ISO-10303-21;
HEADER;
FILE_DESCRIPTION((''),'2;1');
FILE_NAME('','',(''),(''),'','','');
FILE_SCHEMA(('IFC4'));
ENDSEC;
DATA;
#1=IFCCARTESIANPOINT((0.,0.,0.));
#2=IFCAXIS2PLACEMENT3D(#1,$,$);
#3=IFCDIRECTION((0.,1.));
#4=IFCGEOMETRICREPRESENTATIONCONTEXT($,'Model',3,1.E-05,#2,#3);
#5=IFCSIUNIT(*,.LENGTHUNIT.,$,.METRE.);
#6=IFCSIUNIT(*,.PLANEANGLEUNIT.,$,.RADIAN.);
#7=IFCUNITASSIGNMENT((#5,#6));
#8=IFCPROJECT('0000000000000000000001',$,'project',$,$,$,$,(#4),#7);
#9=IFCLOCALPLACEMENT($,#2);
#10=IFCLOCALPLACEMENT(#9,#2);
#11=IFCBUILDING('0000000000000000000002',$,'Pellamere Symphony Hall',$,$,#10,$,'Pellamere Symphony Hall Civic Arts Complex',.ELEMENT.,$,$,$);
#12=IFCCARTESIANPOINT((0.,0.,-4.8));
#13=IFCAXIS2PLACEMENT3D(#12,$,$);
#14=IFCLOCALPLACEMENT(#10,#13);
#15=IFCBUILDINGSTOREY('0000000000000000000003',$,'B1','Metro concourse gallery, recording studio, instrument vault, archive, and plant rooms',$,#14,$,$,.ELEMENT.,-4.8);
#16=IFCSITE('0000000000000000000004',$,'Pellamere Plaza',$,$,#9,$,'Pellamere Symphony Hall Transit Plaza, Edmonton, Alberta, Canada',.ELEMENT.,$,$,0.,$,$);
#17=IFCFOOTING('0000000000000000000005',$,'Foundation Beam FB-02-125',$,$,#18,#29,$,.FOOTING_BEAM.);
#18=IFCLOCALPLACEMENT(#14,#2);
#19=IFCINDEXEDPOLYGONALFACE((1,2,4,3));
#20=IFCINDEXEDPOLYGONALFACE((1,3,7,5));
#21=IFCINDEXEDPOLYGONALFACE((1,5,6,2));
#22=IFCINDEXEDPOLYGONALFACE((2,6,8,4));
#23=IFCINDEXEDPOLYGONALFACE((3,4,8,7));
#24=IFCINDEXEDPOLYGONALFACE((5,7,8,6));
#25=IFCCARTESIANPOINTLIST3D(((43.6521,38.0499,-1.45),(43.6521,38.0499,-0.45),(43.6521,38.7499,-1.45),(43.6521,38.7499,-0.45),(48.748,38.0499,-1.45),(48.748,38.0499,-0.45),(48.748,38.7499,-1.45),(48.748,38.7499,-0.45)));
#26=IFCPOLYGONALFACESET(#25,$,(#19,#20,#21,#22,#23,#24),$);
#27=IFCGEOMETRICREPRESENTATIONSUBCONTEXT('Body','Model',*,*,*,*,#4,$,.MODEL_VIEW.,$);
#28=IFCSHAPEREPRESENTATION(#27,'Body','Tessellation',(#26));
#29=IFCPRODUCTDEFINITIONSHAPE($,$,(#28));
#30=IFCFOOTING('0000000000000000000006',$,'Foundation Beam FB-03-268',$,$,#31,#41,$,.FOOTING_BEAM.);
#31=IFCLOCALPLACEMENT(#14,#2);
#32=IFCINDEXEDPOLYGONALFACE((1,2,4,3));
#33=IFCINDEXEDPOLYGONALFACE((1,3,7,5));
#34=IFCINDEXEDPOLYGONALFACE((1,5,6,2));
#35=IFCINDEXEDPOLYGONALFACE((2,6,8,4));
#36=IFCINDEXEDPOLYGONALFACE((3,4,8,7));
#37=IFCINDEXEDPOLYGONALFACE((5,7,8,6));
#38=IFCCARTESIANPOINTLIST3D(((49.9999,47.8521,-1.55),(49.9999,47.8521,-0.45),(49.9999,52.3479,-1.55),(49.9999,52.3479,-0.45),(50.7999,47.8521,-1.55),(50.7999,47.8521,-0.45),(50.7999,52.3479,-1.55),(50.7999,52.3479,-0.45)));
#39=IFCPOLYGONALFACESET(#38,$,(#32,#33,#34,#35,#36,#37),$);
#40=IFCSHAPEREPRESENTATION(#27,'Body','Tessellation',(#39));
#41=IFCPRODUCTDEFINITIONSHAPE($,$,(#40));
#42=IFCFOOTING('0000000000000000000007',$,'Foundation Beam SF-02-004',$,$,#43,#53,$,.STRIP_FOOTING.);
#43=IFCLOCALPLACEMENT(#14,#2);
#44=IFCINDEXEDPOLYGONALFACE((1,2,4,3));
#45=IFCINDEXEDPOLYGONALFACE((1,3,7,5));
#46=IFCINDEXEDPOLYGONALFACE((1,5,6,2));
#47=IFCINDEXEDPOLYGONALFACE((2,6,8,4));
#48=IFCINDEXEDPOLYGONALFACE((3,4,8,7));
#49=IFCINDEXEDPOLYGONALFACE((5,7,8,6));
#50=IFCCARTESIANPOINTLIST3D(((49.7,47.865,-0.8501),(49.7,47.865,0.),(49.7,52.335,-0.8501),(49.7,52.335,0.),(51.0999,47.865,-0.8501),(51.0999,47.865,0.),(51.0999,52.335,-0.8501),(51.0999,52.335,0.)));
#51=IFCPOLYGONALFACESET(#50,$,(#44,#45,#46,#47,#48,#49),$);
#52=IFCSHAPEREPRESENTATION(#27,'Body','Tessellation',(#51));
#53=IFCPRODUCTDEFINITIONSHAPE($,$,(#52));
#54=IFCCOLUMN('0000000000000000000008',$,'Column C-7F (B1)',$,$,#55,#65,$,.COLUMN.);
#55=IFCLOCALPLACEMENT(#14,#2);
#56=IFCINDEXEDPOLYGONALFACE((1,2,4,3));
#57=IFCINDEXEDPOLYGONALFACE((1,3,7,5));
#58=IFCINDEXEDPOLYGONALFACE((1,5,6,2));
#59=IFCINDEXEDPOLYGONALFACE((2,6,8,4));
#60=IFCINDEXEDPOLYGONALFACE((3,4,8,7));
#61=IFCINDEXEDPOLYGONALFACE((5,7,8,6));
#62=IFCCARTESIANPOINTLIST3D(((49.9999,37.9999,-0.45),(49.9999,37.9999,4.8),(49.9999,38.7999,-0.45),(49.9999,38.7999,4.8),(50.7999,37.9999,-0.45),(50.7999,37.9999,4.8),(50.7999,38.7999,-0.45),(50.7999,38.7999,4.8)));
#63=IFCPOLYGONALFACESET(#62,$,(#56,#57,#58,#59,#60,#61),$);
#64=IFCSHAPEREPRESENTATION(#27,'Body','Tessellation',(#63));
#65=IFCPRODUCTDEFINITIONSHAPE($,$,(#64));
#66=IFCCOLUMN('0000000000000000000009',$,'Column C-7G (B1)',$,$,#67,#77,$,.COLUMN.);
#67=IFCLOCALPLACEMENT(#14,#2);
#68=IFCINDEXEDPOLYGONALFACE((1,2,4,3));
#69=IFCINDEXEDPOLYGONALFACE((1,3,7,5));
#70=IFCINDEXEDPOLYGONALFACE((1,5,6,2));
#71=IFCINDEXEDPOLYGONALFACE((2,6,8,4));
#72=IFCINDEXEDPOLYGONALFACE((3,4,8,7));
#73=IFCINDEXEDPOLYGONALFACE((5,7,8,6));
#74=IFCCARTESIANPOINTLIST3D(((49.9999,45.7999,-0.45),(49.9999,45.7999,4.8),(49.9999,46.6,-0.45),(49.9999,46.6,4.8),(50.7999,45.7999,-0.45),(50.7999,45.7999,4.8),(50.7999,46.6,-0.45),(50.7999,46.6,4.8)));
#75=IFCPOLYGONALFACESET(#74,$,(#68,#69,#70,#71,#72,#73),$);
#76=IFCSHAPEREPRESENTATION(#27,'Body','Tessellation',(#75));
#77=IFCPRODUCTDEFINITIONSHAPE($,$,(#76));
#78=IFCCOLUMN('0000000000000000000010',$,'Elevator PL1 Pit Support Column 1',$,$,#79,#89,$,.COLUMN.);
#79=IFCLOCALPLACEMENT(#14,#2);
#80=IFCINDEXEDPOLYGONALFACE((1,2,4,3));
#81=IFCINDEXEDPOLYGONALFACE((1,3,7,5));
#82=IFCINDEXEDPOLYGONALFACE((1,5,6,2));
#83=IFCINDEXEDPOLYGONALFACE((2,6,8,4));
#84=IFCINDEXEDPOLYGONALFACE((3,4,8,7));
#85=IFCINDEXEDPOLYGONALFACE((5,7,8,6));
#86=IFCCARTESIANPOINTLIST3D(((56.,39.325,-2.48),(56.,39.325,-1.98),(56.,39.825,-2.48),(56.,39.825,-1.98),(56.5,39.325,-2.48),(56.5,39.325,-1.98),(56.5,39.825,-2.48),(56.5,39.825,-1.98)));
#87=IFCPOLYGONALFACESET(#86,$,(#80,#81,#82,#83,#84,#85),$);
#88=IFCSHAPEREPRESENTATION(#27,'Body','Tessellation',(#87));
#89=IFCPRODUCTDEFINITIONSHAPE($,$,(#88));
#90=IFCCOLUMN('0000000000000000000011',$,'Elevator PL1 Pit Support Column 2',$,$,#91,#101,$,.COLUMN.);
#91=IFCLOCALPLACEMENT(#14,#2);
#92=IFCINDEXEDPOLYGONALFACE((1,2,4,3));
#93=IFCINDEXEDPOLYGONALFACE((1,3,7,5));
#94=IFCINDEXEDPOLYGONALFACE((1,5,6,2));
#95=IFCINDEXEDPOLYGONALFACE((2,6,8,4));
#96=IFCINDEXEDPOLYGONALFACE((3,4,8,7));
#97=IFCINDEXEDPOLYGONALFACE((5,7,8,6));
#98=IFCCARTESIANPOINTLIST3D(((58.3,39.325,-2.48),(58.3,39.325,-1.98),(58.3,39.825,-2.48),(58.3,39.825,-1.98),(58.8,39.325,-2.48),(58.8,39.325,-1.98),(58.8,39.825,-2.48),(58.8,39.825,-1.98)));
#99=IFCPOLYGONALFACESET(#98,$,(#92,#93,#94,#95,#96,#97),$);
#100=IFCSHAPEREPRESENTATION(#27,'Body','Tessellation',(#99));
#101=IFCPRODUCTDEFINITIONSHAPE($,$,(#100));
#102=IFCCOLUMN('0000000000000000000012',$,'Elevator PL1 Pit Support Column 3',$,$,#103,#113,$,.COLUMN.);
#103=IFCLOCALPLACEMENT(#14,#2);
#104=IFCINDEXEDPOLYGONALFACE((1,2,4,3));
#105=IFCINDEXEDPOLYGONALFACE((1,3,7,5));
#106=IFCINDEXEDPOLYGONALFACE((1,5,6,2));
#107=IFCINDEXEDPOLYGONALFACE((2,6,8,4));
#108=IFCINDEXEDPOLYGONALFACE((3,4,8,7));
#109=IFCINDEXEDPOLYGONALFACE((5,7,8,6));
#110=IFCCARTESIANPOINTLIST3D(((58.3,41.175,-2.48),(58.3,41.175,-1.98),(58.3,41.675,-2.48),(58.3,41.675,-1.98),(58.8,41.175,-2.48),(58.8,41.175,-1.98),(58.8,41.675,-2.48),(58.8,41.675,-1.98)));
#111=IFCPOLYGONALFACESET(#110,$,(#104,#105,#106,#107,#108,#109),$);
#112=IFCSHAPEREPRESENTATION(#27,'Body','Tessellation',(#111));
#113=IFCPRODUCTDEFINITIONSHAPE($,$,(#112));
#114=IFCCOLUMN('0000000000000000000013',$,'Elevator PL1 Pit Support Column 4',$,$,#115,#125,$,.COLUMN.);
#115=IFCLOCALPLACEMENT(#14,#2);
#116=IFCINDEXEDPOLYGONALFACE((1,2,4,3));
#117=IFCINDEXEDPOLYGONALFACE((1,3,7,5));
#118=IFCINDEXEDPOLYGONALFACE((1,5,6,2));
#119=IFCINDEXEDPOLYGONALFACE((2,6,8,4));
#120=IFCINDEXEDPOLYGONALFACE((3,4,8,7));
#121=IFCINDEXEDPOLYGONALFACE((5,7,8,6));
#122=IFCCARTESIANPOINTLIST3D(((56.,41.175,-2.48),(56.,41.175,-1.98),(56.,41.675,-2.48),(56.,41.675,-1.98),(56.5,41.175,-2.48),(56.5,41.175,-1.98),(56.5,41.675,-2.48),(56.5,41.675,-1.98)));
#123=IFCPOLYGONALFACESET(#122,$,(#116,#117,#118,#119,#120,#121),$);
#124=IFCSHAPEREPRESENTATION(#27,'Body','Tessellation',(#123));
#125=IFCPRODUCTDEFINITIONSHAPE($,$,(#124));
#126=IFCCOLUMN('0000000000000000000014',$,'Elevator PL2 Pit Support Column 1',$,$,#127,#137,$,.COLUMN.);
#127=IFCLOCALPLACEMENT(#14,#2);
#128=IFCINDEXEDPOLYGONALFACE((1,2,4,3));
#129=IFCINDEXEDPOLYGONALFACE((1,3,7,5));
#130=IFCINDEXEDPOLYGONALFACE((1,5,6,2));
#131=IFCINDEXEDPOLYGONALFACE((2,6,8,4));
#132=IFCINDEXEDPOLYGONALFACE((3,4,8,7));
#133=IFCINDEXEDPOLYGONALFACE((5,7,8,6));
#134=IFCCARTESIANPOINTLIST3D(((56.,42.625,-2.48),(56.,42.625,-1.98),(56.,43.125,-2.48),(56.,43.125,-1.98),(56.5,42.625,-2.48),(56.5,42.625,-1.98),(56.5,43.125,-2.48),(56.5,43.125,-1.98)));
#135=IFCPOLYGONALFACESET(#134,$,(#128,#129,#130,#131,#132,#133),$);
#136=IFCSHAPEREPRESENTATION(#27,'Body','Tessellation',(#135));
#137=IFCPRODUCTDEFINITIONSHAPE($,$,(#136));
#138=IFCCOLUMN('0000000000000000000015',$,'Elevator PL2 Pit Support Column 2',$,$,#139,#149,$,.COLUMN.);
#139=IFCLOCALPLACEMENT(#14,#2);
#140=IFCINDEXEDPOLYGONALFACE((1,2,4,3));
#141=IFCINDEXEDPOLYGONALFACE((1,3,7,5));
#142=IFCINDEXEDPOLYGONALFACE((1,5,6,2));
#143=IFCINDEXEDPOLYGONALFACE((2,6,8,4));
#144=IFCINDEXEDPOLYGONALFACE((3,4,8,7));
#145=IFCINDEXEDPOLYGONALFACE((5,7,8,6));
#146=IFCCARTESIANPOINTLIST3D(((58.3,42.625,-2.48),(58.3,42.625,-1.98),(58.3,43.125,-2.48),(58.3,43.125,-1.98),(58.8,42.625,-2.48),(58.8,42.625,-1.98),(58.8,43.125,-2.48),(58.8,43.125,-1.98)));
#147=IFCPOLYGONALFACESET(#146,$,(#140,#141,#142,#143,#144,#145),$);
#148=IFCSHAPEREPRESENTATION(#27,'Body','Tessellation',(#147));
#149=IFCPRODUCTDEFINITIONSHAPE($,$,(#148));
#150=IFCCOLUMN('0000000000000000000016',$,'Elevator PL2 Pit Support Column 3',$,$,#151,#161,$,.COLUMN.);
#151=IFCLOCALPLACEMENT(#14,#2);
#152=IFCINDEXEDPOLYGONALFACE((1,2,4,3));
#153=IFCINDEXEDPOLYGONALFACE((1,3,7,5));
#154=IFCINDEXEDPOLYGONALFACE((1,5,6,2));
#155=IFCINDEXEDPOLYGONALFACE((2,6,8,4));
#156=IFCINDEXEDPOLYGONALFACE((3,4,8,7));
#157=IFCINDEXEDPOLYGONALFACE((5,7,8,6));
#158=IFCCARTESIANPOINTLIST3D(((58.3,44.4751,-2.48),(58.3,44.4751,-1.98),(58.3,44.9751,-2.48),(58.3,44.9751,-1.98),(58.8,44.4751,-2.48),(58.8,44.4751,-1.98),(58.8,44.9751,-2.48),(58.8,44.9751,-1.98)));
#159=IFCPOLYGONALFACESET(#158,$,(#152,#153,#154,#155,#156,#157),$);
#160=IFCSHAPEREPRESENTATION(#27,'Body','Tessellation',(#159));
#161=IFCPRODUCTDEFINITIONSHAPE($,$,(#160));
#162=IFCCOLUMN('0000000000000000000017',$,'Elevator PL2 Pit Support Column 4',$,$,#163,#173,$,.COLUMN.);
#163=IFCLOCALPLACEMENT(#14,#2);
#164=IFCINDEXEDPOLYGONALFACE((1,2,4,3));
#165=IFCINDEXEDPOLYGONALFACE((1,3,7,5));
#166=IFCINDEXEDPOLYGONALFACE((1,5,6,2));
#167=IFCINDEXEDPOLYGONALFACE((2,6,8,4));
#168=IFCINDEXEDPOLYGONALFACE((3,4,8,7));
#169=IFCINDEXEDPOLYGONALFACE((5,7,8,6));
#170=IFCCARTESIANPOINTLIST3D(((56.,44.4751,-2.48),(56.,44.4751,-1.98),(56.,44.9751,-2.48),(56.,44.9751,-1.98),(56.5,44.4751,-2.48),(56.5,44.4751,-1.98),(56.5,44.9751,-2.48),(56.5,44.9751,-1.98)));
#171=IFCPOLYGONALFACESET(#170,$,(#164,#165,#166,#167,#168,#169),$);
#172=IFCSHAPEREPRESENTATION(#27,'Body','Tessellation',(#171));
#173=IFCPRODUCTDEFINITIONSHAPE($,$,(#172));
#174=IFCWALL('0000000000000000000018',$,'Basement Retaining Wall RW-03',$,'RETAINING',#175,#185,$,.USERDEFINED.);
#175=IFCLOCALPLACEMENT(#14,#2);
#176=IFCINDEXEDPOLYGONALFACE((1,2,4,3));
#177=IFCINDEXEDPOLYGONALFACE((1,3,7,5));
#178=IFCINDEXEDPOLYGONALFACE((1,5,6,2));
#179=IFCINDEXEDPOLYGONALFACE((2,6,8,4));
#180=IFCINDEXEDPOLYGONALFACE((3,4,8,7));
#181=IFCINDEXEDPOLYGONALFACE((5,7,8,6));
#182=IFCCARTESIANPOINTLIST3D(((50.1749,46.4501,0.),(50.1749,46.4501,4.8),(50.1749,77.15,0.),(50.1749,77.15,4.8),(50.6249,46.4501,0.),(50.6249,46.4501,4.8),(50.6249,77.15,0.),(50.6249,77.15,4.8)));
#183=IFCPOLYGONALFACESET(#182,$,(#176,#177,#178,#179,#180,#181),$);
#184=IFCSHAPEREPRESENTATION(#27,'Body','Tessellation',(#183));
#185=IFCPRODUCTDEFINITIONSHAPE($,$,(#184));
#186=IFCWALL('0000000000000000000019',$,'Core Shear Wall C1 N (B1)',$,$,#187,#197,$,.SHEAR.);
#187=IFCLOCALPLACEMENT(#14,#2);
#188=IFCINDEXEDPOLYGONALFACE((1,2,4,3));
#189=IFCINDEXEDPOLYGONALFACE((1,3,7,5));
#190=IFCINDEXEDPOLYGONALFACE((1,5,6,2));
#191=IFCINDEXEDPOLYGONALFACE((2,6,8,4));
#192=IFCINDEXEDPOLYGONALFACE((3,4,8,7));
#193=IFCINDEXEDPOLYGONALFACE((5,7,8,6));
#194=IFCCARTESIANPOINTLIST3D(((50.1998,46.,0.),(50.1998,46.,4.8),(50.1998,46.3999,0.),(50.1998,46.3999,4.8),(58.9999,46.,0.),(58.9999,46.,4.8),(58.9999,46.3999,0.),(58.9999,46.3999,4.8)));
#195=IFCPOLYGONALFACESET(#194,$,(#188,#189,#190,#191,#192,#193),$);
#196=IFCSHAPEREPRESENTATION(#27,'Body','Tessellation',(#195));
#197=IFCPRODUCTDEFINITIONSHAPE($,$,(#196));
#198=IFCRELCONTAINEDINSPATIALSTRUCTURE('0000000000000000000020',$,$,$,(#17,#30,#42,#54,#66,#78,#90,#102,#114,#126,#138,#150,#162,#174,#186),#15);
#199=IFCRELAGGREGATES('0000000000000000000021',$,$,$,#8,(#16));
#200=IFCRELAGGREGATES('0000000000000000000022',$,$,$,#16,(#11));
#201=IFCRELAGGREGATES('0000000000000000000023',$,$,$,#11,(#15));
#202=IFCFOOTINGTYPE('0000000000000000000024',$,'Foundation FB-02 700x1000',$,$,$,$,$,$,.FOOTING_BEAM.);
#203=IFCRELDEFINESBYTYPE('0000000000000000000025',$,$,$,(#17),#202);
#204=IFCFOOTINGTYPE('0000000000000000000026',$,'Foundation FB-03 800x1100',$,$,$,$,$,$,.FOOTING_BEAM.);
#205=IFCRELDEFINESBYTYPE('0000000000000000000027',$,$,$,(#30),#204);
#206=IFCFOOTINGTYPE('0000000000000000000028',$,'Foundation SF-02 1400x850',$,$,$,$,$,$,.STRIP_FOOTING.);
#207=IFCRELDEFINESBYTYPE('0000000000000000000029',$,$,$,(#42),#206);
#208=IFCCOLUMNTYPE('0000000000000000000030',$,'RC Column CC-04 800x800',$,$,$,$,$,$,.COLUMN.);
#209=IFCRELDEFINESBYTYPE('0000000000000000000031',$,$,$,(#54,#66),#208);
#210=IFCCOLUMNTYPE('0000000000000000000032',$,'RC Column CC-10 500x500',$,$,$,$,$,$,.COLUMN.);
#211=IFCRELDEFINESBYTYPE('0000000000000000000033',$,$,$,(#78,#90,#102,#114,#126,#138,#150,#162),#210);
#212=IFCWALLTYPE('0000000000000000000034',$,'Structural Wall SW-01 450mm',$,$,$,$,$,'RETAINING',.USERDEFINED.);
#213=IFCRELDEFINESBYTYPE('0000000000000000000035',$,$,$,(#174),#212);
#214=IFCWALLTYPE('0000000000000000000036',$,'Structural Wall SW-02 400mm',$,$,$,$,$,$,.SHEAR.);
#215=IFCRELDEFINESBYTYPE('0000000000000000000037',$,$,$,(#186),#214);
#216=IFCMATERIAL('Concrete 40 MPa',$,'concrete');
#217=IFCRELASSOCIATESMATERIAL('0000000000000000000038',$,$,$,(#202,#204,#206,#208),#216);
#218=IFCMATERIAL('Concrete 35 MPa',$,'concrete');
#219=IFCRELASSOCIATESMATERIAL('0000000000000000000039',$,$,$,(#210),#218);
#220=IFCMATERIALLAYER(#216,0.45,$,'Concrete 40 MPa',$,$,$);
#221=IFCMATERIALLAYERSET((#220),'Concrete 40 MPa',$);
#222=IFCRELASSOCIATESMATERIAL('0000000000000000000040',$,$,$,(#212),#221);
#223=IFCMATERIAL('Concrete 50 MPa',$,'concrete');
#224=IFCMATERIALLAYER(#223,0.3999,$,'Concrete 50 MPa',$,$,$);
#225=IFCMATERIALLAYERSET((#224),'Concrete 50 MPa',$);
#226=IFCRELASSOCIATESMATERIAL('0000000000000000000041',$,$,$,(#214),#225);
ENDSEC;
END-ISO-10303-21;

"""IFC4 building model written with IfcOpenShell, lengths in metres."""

from ifc_helpers import new_model, si_unit, direction, frame, frame_2d, origin, origin_2d, place, context, subcontext, project, spatial, rectangle, extrude, material, layer, layer_set, material_profile, profile_set, type_object, element, save


model = new_model("IFC4")

# Units and contexts
model_context = context("Model", 3, precision=1e-05, world=origin(), true_north=direction((0.0, 1.0)))
body_context = subcontext(model_context, "Body", "Model", "MODEL_VIEW")
ifc_project = project(units=[si_unit("LENGTHUNIT", "METRE"), si_unit("PLANEANGLEUNIT", "RADIAN")], contexts=[model_context])

# Site, building, storey
site_placement = place(None, origin())
site = spatial("IfcSite", under=ifc_project, at=site_placement, Name="Pellamere Plaza", LongName="Pellamere Symphony Hall Transit Plaza, Edmonton, Alberta, Canada", CompositionType="ELEMENT", RefElevation=0.0)
building_placement = place(site_placement, origin())
building = spatial("IfcBuilding", under=site, at=building_placement, Name="Pellamere Symphony Hall", LongName="Pellamere Symphony Hall Civic Arts Complex", CompositionType="ELEMENT")
storey_placement = place(building_placement, frame((0.0, 0.0, -4.8)))
storey = spatial("IfcBuildingStorey", under=building, at=storey_placement, Name="B1", Description="Metro concourse gallery, recording studio, instrument vault, archive, and plant rooms", CompositionType="ELEMENT", Elevation=-4.8)

# Shared definitions
ifc_material_1 = material(Name="Concrete 40 MPa", Category="concrete")
ifc_material_2 = material(Name="Concrete 35 MPa", Category="concrete")

# Footings
ifc_material_profile_1 = material_profile(ifc_material_1, rectangle(XDim=0.7, YDim=1.0, at=origin_2d()), Name="RC 700x1000")
ifc_profile_set_1 = profile_set([ifc_material_profile_1], Name="Concrete 40 MPa")
footing_type_1 = type_object("IfcFootingType", Name="Foundation FB-02 700x1000", PredefinedType="FOOTING_BEAM", material=ifc_profile_set_1)
footing_1_placement = place(storey_placement, frame((43.6521, 38.3999, -0.95), z_axis=(1.0, 0.0, 0.0), x_axis=(0.0, 1.0, 0.0)))
element("IfcFooting", 1, at=footing_1_placement, inside=storey, type_object=footing_type_1, Name="Foundation Beam FB-02-125", PredefinedType="FOOTING_BEAM", context=body_context, shape_type="SweptSolid", body=[
    extrude(rectangle(XDim=0.7, YDim=1.0, at=origin_2d()), origin(), (0.0, 0.0, 1.0), 5.0959),
])
ifc_material_profile_2 = material_profile(ifc_material_1, rectangle(XDim=0.8, YDim=1.1001, at=origin_2d()), Name="RC 800x1100")
ifc_profile_set_2 = profile_set([ifc_material_profile_2], Name="Concrete 40 MPa")
footing_type_2 = type_object("IfcFootingType", Name="Foundation FB-03 800x1100", PredefinedType="FOOTING_BEAM", material=ifc_profile_set_2)
footing_2_placement = place(storey_placement, frame((50.3999, 47.8521, -1.0), z_axis=(0.0, 1.0, 0.0), x_axis=(-1.0, 0.0, 0.0)))
element("IfcFooting", 2, at=footing_2_placement, inside=storey, type_object=footing_type_2, Name="Foundation Beam FB-03-268", PredefinedType="FOOTING_BEAM", context=body_context, shape_type="SweptSolid", body=[
    extrude(rectangle(XDim=0.8, YDim=1.1001, at=origin_2d()), origin(), (0.0, 0.0, 1.0), 4.4958),
])
ifc_material_profile_3 = material_profile(ifc_material_1, rectangle(XDim=1.3999, YDim=0.8501, at=origin_2d()), Name="RC 1400x850")
ifc_profile_set_3 = profile_set([ifc_material_profile_3], Name="Concrete 40 MPa")
footing_type_3 = type_object("IfcFootingType", Name="Foundation SF-02 1400x850", PredefinedType="STRIP_FOOTING", material=ifc_profile_set_3)
footing_3_placement = place(storey_placement, frame((50.3999, 47.865, -0.425), z_axis=(0.0, 1.0, 0.0), x_axis=(-1.0, 0.0, 0.0)))
element("IfcFooting", 3, at=footing_3_placement, inside=storey, type_object=footing_type_3, Name="Foundation Beam SF-02-004", PredefinedType="STRIP_FOOTING", context=body_context, shape_type="SweptSolid", body=[
    extrude(rectangle(XDim=1.3999, YDim=0.8501, at=origin_2d()), origin(), (0.0, 0.0, 1.0), 4.47),
])

# Columns
ifc_material_profile_4 = material_profile(ifc_material_1, rectangle(XDim=0.8, YDim=0.8, at=origin_2d()), Name="RC 800x800")
ifc_profile_set_4 = profile_set([ifc_material_profile_4], Name="Concrete 40 MPa")
column_type_1 = type_object("IfcColumnType", Name="RC Column CC-04 800x800", PredefinedType="COLUMN", material=ifc_profile_set_4)
for number, where, z_axis, x_axis, name in (
    (4, (50.3999, 38.3999, -0.45), (0.0, 0.0, 1.0), (1.0, 0.0, 0.0), "Column C-7F (B1)"),
    (5, (50.3999, 46.2, -0.45), (0.0, 0.0, 1.0), (1.0, 0.0, 0.0), "Column C-7G (B1)"),
):
    element("IfcColumn", number, at=place(storey_placement, frame(where, z_axis=z_axis, x_axis=x_axis)), inside=storey, type_object=column_type_1, Name=name, PredefinedType="COLUMN", context=body_context, shape_type="SweptSolid", body=[
        extrude(rectangle(XDim=0.8, YDim=0.8, at=origin_2d()), origin(), (0.0, 0.0, 1.0), 5.25),
    ])
ifc_material_profile_5 = material_profile(ifc_material_2, rectangle(XDim=0.5, YDim=0.5, at=origin_2d()), Name="RC 500x500")
ifc_profile_set_5 = profile_set([ifc_material_profile_5], Name="Concrete 35 MPa")
column_type_2 = type_object("IfcColumnType", Name="RC Column CC-10 500x500", PredefinedType="COLUMN", material=ifc_profile_set_5)
for number, where, z_axis, x_axis, name in (
    (6, (56.25, 39.575, -2.48), (0.0, 0.0, 1.0), (1.0, 0.0, 0.0), "Elevator PL1 Pit Support Column 1"),
    (7, (58.55, 39.575, -2.48), (0.0, 0.0, 1.0), (1.0, 0.0, 0.0), "Elevator PL1 Pit Support Column 2"),
    (8, (58.55, 41.425, -2.48), (0.0, 0.0, 1.0), (1.0, 0.0, 0.0), "Elevator PL1 Pit Support Column 3"),
    (9, (56.25, 41.425, -2.48), (0.0, 0.0, 1.0), (1.0, 0.0, 0.0), "Elevator PL1 Pit Support Column 4"),
    (10, (56.25, 42.875, -2.48), (0.0, 0.0, 1.0), (1.0, 0.0, 0.0), "Elevator PL2 Pit Support Column 1"),
    (11, (58.55, 42.875, -2.48), (0.0, 0.0, 1.0), (1.0, 0.0, 0.0), "Elevator PL2 Pit Support Column 2"),
    (12, (58.55, 44.7251, -2.48), (0.0, 0.0, 1.0), (1.0, 0.0, 0.0), "Elevator PL2 Pit Support Column 3"),
    (13, (56.25, 44.7251, -2.48), (0.0, 0.0, 1.0), (1.0, 0.0, 0.0), "Elevator PL2 Pit Support Column 4"),
):
    element("IfcColumn", number, at=place(storey_placement, frame(where, z_axis=z_axis, x_axis=x_axis)), inside=storey, type_object=column_type_2, Name=name, PredefinedType="COLUMN", context=body_context, shape_type="SweptSolid", body=[
        extrude(rectangle(XDim=0.5, YDim=0.5, at=origin_2d()), origin(), (0.0, 0.0, 1.0), 0.5),
    ])

# Walls
ifc_layer_1 = layer(ifc_material_1, 0.45, Name="Concrete 40 MPa")
ifc_layer_set_1 = layer_set([ifc_layer_1], Name="Concrete 40 MPa")
wall_type_1 = type_object("IfcWallType", Name="Structural Wall SW-01 450mm", ElementType="RETAINING", PredefinedType="USERDEFINED", material=ifc_layer_set_1)
wall_1_placement = place(storey_placement, frame((50.3999, 46.45, 0.0), z_axis=(0.0, 0.0, 1.0), x_axis=(0.0, 1.0, 0.0)))
element("IfcWall", 14, at=wall_1_placement, inside=storey, type_object=wall_type_1, Name="Basement Retaining Wall RW-03", ObjectType="RETAINING", PredefinedType="USERDEFINED", context=body_context, shape_type="SweptSolid", body=[
    extrude(rectangle(XDim=30.7, YDim=0.45, at=frame_2d((15.3501, 0.0))), origin(), (0.0, 0.0, 1.0), 4.8),
])
ifc_material_3 = material(Name="Concrete 50 MPa", Category="concrete")
ifc_layer_2 = layer(ifc_material_3, 0.3999, Name="Concrete 50 MPa")
ifc_layer_set_2 = layer_set([ifc_layer_2], Name="Concrete 50 MPa")
wall_type_2 = type_object("IfcWallType", Name="Structural Wall SW-02 400mm", PredefinedType="SHEAR", material=ifc_layer_set_2)
wall_2_placement = place(storey_placement, frame((50.2, 46.2, 0.0), z_axis=(0.0, 0.0, 1.0), x_axis=(1.0, 0.0, 0.0)))
element("IfcWall", 15, at=wall_2_placement, inside=storey, type_object=wall_type_2, Name="Core Shear Wall C1 N (B1)", PredefinedType="SHEAR", context=body_context, shape_type="SweptSolid", body=[
    extrude(rectangle(XDim=8.8, YDim=0.3999, at=frame_2d((4.3999, 0.0))), origin(), (0.0, 0.0, 1.0), 4.8),
])

save(model, "model.ifc")
